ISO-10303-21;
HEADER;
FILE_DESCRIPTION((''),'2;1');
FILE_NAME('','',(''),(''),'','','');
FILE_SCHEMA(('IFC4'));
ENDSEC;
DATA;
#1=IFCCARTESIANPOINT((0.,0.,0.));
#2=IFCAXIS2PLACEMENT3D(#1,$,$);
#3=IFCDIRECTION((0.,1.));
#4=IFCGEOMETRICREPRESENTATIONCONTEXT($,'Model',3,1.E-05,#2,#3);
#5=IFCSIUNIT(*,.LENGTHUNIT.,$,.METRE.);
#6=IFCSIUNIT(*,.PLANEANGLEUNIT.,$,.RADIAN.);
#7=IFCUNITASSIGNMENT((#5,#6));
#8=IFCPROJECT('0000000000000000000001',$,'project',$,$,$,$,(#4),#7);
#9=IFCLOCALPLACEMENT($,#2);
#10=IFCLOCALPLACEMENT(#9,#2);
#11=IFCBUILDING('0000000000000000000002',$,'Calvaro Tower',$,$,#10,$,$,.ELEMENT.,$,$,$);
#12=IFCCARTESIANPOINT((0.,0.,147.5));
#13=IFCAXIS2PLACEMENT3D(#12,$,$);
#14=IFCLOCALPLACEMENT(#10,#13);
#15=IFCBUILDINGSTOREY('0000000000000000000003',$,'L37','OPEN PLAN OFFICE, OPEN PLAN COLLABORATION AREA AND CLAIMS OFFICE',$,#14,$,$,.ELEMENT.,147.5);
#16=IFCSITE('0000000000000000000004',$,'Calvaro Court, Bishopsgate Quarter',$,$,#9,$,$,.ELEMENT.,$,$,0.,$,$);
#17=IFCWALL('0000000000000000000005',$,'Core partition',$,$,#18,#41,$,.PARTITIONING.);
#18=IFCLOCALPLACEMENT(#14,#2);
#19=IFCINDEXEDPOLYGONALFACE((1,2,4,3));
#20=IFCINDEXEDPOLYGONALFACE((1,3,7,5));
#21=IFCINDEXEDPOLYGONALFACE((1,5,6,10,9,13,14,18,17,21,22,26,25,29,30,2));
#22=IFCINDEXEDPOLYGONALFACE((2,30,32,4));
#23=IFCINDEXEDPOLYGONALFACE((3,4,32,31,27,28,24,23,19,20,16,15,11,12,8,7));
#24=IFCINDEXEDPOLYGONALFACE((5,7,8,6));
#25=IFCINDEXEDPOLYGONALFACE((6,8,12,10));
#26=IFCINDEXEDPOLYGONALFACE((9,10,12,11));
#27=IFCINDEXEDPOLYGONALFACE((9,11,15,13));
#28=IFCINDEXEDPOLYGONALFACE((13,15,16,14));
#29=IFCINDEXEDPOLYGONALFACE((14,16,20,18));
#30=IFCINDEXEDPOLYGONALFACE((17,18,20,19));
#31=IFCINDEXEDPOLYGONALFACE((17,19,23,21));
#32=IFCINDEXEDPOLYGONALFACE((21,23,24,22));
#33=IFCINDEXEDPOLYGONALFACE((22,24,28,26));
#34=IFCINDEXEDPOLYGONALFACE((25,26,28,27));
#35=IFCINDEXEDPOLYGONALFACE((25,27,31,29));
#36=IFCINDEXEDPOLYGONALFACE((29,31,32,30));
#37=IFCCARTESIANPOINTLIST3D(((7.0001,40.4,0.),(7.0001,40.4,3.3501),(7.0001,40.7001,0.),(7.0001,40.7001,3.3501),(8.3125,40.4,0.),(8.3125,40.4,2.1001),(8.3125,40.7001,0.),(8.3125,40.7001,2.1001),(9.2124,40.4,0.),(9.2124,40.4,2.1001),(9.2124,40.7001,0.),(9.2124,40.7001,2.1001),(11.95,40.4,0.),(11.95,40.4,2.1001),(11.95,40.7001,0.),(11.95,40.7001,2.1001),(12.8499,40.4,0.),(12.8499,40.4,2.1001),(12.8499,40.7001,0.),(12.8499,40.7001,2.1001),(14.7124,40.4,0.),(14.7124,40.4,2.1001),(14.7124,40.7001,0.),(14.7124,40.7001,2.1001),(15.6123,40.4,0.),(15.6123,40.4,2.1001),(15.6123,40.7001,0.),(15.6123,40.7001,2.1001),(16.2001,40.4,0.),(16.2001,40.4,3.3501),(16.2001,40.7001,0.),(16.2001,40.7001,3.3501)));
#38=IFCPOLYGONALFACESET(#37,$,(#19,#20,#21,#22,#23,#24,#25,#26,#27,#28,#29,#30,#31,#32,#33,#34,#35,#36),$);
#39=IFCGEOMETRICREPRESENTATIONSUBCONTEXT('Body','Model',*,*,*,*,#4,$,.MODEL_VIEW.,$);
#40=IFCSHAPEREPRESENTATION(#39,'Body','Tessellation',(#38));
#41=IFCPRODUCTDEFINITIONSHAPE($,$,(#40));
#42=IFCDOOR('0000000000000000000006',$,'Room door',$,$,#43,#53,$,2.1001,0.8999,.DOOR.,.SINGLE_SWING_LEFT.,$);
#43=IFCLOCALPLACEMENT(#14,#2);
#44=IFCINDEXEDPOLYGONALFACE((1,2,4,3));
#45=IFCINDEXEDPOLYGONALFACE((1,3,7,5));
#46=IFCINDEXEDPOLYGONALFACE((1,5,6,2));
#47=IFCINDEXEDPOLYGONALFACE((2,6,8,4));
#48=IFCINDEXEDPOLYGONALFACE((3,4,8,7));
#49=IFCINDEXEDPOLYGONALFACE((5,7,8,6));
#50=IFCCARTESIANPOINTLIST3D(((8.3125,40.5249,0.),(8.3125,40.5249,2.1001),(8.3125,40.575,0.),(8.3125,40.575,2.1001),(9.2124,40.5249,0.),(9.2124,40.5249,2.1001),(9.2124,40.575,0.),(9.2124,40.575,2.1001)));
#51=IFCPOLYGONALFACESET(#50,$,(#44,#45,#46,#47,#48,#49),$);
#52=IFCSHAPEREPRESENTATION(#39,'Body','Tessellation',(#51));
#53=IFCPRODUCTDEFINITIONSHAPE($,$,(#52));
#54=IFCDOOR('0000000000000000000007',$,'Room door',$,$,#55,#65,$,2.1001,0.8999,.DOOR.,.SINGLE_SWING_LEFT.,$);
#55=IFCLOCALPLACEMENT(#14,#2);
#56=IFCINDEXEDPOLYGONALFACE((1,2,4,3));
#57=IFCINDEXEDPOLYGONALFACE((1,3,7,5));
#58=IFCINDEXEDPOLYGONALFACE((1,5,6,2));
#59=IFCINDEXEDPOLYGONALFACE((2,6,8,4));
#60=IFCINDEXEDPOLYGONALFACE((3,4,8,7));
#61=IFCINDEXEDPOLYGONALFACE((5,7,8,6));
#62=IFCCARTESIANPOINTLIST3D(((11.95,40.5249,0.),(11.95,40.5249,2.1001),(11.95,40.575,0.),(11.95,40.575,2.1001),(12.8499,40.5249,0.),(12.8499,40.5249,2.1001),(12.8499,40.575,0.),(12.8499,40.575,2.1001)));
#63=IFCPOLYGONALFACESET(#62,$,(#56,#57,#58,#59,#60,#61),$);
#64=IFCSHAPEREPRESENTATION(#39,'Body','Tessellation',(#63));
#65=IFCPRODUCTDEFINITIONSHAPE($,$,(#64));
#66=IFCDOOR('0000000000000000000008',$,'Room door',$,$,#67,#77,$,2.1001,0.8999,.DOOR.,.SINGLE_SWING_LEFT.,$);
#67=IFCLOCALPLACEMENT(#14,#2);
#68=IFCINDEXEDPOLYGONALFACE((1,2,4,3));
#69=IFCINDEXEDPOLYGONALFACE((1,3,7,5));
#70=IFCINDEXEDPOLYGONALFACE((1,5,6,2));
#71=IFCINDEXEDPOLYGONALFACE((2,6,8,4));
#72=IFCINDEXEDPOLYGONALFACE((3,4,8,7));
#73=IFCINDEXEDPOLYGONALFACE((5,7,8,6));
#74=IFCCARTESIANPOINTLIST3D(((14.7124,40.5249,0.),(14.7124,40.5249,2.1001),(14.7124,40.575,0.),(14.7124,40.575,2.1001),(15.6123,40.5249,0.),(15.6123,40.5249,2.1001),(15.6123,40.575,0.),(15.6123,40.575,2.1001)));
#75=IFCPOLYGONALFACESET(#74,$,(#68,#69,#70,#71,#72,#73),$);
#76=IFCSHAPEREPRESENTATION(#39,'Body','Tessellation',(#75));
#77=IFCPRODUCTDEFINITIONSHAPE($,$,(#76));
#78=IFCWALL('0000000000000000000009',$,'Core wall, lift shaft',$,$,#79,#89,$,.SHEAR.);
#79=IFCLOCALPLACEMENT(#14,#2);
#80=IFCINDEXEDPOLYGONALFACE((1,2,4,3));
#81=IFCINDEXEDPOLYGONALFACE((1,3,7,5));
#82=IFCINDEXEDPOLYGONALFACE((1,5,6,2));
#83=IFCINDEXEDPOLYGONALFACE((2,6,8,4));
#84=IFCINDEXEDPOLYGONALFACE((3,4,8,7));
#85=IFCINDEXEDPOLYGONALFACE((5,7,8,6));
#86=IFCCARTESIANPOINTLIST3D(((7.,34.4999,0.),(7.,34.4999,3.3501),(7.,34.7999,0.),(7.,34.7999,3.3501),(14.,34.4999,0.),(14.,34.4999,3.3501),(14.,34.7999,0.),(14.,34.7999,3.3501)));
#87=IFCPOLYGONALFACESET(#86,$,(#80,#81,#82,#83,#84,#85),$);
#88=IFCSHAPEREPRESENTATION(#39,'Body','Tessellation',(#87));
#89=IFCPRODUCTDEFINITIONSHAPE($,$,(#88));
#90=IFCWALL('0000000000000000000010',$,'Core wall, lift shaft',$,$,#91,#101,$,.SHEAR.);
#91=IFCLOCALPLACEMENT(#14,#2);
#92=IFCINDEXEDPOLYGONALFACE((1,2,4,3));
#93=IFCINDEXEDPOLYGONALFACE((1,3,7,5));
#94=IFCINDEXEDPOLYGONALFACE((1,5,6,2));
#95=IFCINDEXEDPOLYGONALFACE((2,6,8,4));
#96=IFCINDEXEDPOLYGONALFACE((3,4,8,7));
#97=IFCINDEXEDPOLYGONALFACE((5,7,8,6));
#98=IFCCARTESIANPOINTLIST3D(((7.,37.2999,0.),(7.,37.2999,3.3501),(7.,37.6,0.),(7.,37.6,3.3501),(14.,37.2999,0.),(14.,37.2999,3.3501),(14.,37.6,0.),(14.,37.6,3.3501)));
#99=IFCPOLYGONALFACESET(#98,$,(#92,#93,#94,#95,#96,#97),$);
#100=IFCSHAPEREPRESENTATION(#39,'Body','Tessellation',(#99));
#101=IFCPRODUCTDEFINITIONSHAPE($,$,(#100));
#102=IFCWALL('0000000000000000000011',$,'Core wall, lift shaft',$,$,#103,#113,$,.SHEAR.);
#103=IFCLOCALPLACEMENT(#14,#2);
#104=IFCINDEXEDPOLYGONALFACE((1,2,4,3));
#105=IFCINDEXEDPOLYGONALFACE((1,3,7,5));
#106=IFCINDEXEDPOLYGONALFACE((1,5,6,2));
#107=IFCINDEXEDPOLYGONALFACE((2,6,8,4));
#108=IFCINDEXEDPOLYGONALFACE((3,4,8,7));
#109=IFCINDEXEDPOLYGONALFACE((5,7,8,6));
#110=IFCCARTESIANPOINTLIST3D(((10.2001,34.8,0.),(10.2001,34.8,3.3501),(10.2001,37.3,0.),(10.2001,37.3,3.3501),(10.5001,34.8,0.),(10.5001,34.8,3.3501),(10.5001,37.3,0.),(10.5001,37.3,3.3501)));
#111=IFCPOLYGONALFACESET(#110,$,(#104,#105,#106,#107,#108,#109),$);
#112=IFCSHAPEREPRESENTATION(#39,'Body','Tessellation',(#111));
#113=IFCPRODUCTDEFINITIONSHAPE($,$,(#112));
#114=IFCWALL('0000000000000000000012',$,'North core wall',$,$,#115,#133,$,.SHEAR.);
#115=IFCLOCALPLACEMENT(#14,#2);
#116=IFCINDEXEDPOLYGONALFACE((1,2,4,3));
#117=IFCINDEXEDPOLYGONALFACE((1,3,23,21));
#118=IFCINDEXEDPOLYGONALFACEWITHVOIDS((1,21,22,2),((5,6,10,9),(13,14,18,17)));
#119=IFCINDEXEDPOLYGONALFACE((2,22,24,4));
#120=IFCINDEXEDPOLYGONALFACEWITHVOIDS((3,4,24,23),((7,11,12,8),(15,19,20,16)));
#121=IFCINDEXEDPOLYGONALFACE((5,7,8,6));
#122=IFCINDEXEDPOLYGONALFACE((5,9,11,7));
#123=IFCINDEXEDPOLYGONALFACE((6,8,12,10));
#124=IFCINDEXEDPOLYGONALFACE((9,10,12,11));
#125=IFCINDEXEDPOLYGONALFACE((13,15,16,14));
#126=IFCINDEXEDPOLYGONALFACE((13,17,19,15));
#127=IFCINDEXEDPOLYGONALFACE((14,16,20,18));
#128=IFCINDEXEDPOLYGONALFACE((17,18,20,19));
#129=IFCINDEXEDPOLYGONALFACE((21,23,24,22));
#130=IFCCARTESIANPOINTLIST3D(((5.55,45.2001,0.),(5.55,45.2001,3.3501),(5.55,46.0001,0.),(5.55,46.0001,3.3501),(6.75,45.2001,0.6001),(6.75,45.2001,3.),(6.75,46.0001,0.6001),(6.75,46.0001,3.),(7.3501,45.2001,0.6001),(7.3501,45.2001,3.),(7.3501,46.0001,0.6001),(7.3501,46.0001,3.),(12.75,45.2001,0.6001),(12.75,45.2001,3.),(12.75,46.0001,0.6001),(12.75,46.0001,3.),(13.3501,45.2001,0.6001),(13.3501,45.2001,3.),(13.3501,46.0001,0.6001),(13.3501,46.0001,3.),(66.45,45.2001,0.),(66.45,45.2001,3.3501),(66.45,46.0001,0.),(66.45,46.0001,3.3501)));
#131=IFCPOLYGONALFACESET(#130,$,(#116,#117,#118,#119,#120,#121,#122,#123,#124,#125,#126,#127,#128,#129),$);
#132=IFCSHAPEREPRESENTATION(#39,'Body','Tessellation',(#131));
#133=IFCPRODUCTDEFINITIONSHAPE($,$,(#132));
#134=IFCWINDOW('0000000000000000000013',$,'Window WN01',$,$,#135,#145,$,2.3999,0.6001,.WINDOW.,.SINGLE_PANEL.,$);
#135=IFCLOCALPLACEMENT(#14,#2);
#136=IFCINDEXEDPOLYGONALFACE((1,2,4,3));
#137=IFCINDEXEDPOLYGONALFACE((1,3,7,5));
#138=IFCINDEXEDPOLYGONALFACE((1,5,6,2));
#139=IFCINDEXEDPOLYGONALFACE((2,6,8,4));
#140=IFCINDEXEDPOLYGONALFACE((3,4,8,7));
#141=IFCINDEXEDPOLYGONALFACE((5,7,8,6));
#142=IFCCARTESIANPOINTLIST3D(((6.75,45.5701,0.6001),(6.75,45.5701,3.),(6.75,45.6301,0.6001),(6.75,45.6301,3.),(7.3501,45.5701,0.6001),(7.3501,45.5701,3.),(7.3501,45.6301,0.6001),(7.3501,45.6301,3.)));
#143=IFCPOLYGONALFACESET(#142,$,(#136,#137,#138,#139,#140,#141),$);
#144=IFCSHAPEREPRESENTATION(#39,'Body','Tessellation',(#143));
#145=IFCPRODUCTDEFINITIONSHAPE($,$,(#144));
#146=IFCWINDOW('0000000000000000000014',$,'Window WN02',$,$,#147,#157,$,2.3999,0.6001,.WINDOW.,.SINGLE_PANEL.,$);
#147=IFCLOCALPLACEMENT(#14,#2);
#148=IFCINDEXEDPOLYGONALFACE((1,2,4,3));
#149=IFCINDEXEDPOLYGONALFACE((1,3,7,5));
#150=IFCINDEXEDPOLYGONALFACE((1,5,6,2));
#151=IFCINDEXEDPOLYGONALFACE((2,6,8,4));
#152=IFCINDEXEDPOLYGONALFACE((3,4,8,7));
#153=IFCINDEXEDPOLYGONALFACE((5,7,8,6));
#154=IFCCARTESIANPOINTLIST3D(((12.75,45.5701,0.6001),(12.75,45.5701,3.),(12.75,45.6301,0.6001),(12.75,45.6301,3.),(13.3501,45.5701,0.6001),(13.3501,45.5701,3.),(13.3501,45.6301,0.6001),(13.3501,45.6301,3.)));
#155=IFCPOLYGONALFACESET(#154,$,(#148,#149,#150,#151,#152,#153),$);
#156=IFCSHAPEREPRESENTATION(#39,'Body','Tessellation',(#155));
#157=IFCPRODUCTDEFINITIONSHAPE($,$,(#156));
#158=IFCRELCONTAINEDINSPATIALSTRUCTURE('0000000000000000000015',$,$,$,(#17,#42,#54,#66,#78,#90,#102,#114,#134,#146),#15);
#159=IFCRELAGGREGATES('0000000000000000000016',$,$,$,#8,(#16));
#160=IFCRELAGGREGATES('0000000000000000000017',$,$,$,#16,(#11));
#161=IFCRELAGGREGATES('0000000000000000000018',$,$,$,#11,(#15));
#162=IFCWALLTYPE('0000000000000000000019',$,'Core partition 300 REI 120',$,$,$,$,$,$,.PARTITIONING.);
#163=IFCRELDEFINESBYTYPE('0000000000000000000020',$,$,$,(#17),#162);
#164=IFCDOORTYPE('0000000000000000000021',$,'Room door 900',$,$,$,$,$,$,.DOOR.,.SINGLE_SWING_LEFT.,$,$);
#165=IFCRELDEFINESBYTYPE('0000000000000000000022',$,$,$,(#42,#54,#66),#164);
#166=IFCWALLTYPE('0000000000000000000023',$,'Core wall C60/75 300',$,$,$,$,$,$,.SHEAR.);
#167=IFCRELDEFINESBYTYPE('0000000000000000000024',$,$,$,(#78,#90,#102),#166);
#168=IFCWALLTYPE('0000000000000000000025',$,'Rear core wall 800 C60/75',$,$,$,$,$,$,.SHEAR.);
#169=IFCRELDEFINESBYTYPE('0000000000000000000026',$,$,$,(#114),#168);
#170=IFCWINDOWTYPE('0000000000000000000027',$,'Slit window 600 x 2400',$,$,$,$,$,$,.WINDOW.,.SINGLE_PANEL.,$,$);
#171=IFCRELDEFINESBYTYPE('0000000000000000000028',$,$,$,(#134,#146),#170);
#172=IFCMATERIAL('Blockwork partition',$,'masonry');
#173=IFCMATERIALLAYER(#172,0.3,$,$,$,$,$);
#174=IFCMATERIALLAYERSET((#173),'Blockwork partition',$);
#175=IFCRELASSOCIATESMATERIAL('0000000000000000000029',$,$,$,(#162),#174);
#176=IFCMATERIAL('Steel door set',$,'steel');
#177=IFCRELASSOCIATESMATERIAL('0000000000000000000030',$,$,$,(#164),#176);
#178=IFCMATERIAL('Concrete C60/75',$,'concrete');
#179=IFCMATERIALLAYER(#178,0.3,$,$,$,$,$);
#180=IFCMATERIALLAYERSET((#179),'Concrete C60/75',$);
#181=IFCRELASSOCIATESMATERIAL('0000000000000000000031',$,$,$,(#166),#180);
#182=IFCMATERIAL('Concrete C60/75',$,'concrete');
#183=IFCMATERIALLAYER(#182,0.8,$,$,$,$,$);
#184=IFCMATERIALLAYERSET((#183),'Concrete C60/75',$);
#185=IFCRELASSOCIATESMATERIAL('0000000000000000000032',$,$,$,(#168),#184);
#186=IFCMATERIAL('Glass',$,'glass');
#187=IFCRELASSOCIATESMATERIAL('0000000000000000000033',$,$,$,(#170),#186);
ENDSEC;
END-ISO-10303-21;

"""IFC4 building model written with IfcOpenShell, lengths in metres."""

from ifc_helpers import new_model, si_unit, direction, frame, frame_2d, origin, place, context, subcontext, project, spatial, rectangle, extrude, material, layer, layer_set, type_object, element, fill, save


model = new_model("IFC4")

# Units and contexts
model_context = context("Model", 3, precision=1e-05, world=origin(), true_north=direction((0.0, 1.0)))
body_context = subcontext(model_context, "Body", "Model", "MODEL_VIEW")
ifc_project = project(units=[si_unit("LENGTHUNIT", "METRE"), si_unit("PLANEANGLEUNIT", "RADIAN")], contexts=[model_context])

# Site, building, storey
site_placement = place(None, origin())
site = spatial("IfcSite", under=ifc_project, at=site_placement, Name="Calvaro Court, Bishopsgate Quarter", CompositionType="ELEMENT", RefElevation=0.0)
building_placement = place(site_placement, origin())
building = spatial("IfcBuilding", under=site, at=building_placement, Name="Calvaro Tower", CompositionType="ELEMENT")
storey_placement = place(building_placement, frame((0.0, 0.0, 147.5)))
storey = spatial("IfcBuildingStorey", under=building, at=storey_placement, Name="L37", Description="OPEN PLAN OFFICE, OPEN PLAN COLLABORATION AREA AND CLAIMS OFFICE", CompositionType="ELEMENT", Elevation=147.5)

# Wall, openings, doors
ifc_material_1 = material(Name="Blockwork partition", Category="masonry")
ifc_layer_1 = layer(ifc_material_1, 0.3)
ifc_layer_set_1 = layer_set([ifc_layer_1], Name="Blockwork partition")
wall_type_1 = type_object("IfcWallType", Name="Core partition 300 REI 120", PredefinedType="PARTITIONING", material=ifc_layer_set_1)
wall_1_placement = place(storey_placement, frame((7.0, 40.55, 0.0), z_axis=(0.0, 0.0, 1.0), x_axis=(1.0, 0.0, 0.0)))
wall_1 = element("IfcWall", 1, at=wall_1_placement, inside=storey, type_object=wall_type_1, Name="Core partition", PredefinedType="PARTITIONING", context=body_context, shape_type="SweptSolid", body=[
    extrude(rectangle(XDim=9.2, YDim=0.3, at=frame_2d((4.6001, 0.0))), origin(), (0.0, 0.0, 1.0), 3.3501),
])
opening_1_placement = place(wall_1_placement, frame((1.3125, 0.0, 0.0)))
opening_1 = element("IfcOpeningElement", 2, at=opening_1_placement, cuts=wall_1, PredefinedType="OPENING", context=body_context, shape_type="SweptSolid", body=[
    extrude(rectangle(XDim=0.8999, YDim=2.1001, at=frame_2d((0.45, 1.05))), frame((0.0, 0.1599, 0.0), z_axis=(0.0, -1.0, 0.0), x_axis=(1.0, 0.0, 0.0)), (0.0, 0.0, 1.0), 0.3201),
])
opening_2_placement = place(wall_1_placement, frame((4.95, 0.0, 0.0)))
opening_2 = element("IfcOpeningElement", 3, at=opening_2_placement, cuts=wall_1, PredefinedType="OPENING", context=body_context, shape_type="SweptSolid", body=[
    extrude(rectangle(XDim=0.8999, YDim=2.1001, at=frame_2d((0.45, 1.05))), frame((0.0, 0.1599, 0.0), z_axis=(0.0, -1.0, 0.0), x_axis=(1.0, 0.0, 0.0)), (0.0, 0.0, 1.0), 0.3201),
])
opening_3_placement = place(wall_1_placement, frame((7.7124, 0.0, 0.0)))
opening_3 = element("IfcOpeningElement", 4, at=opening_3_placement, cuts=wall_1, PredefinedType="OPENING", context=body_context, shape_type="SweptSolid", body=[
    extrude(rectangle(XDim=0.8999, YDim=2.1001, at=frame_2d((0.45, 1.05))), frame((0.0, 0.1599, 0.0), z_axis=(0.0, -1.0, 0.0), x_axis=(1.0, 0.0, 0.0)), (0.0, 0.0, 1.0), 0.3201),
])
ifc_material_2 = material(Name="Steel door set", Category="steel")
door_type = type_object("IfcDoorType", Name="Room door 900", OperationType="SINGLE_SWING_LEFT", PredefinedType="DOOR", material=ifc_material_2)
door_1_placement = place(opening_1_placement, origin())
door_1 = element("IfcDoor", 5, at=door_1_placement, inside=storey, type_object=door_type, Name="Room door", OperationType="SINGLE_SWING_LEFT", OverallHeight=2.1001, OverallWidth=0.8999, PredefinedType="DOOR", context=body_context, shape_type="SweptSolid", body=[
    extrude(rectangle(XDim=0.8999, YDim=2.1001, at=frame_2d((0.45, 1.05))), frame((0.0, 0.0249, 0.0), z_axis=(0.0, -1.0, 0.0), x_axis=(1.0, 0.0, 0.0)), (0.0, 0.0, 1.0), 0.05),
])
fill(opening_1, door_1)
door_2_placement = place(opening_2_placement, origin())
door_2 = element("IfcDoor", 6, at=door_2_placement, inside=storey, type_object=door_type, Name="Room door", OperationType="SINGLE_SWING_LEFT", OverallHeight=2.1001, OverallWidth=0.8999, PredefinedType="DOOR", context=body_context, shape_type="SweptSolid", body=[
    extrude(rectangle(XDim=0.8999, YDim=2.1001, at=frame_2d((0.45, 1.05))), frame((0.0, 0.0249, 0.0), z_axis=(0.0, -1.0, 0.0), x_axis=(1.0, 0.0, 0.0)), (0.0, 0.0, 1.0), 0.05),
])
fill(opening_2, door_2)
door_3_placement = place(opening_3_placement, origin())
door_3 = element("IfcDoor", 7, at=door_3_placement, inside=storey, type_object=door_type, Name="Room door", OperationType="SINGLE_SWING_LEFT", OverallHeight=2.1001, OverallWidth=0.8999, PredefinedType="DOOR", context=body_context, shape_type="SweptSolid", body=[
    extrude(rectangle(XDim=0.8999, YDim=2.1001, at=frame_2d((0.45, 1.05))), frame((0.0, 0.0249, 0.0), z_axis=(0.0, -1.0, 0.0), x_axis=(1.0, 0.0, 0.0)), (0.0, 0.0, 1.0), 0.05),
])
fill(opening_3, door_3)

# Walls
ifc_material_3 = material(Name="Concrete C60/75", Category="concrete")
ifc_layer_2 = layer(ifc_material_3, 0.3)
ifc_layer_set_2 = layer_set([ifc_layer_2], Name="Concrete C60/75")
wall_type_2 = type_object("IfcWallType", Name="Core wall C60/75 300", PredefinedType="SHEAR", material=ifc_layer_set_2)
for number, where, z_axis, x_axis, name in (
    (8, (7.0, 34.6499, 0.0), (0.0, 0.0, 1.0), (1.0, 0.0, 0.0), "Core wall, lift shaft"),
    (9, (7.0, 37.45, 0.0), (0.0, 0.0, 1.0), (1.0, 0.0, 0.0), "Core wall, lift shaft"),
):
    element("IfcWall", number, at=place(storey_placement, frame(where, z_axis=z_axis, x_axis=x_axis)), inside=storey, type_object=wall_type_2, Name=name, PredefinedType="SHEAR", context=body_context, shape_type="SweptSolid", body=[
        extrude(rectangle(XDim=7.0, YDim=0.3, at=frame_2d((3.5, 0.0))), origin(), (0.0, 0.0, 1.0), 3.3501),
    ])
wall_2_placement = place(storey_placement, frame((10.3501, 34.8, 0.0), z_axis=(0.0, 0.0, 1.0), x_axis=(0.0, 1.0, 0.0)))
element("IfcWall", 10, at=wall_2_placement, inside=storey, type_object=wall_type_2, Name="Core wall, lift shaft", PredefinedType="SHEAR", context=body_context, shape_type="SweptSolid", body=[
    extrude(rectangle(XDim=2.5, YDim=0.3, at=frame_2d((1.25, 0.0))), origin(), (0.0, 0.0, 1.0), 3.3501),
])

# Wall, openings, windows
ifc_material_4 = material(Name="Concrete C60/75", Category="concrete")
ifc_layer_3 = layer(ifc_material_4, 0.8)
ifc_layer_set_3 = layer_set([ifc_layer_3], Name="Concrete C60/75")
wall_type_3 = type_object("IfcWallType", Name="Rear core wall 800 C60/75", PredefinedType="SHEAR", material=ifc_layer_set_3)
wall_3_placement = place(storey_placement, frame((5.55, 45.6001, 0.0), z_axis=(0.0, 0.0, 1.0), x_axis=(1.0, 0.0, 0.0)))
wall_3 = element("IfcWall", 11, at=wall_3_placement, inside=storey, type_object=wall_type_3, Name="North core wall", PredefinedType="SHEAR", context=body_context, shape_type="SweptSolid", body=[
    extrude(rectangle(XDim=60.8999, YDim=0.8, at=frame_2d((30.45, 0.0))), origin(), (0.0, 0.0, 1.0), 3.3501),
])
opening_4_placement = place(wall_3_placement, frame((1.2, 0.0, 0.6001)))
opening_4 = element("IfcOpeningElement", 12, at=opening_4_placement, cuts=wall_3, PredefinedType="OPENING", context=body_context, shape_type="SweptSolid", body=[
    extrude(rectangle(XDim=0.6001, YDim=2.3999, at=frame_2d((0.3, 1.2))), frame((0.0, 0.4099, 0.0), z_axis=(0.0, -1.0, 0.0), x_axis=(1.0, 0.0, 0.0)), (0.0, 0.0, 1.0), 0.8201),
])
opening_5_placement = place(wall_3_placement, frame((7.2, 0.0, 0.6001)))
opening_5 = element("IfcOpeningElement", 13, at=opening_5_placement, cuts=wall_3, PredefinedType="OPENING", context=body_context, shape_type="SweptSolid", body=[
    extrude(rectangle(XDim=0.6001, YDim=2.3999, at=frame_2d((0.3, 1.2))), frame((0.0, 0.4099, 0.0), z_axis=(0.0, -1.0, 0.0), x_axis=(1.0, 0.0, 0.0)), (0.0, 0.0, 1.0), 0.8201),
])
ifc_material_5 = material(Name="Glass", Category="glass")
window_type = type_object("IfcWindowType", Name="Slit window 600 x 2400", PartitioningType="SINGLE_PANEL", PredefinedType="WINDOW", material=ifc_material_5)
window_1_placement = place(opening_4_placement, origin())
window_1 = element("IfcWindow", 14, at=window_1_placement, inside=storey, type_object=window_type, Name="Window WN01", OverallHeight=2.3999, OverallWidth=0.6001, PartitioningType="SINGLE_PANEL", PredefinedType="WINDOW", context=body_context, shape_type="SweptSolid", body=[
    extrude(rectangle(XDim=0.6001, YDim=2.3999, at=frame_2d((0.3, 1.2))), frame((0.0, 0.03, 0.0), z_axis=(0.0, -1.0, 0.0), x_axis=(1.0, 0.0, 0.0)), (0.0, 0.0, 1.0), 0.0601),
])
fill(opening_4, window_1)
window_2_placement = place(opening_5_placement, origin())
window_2 = element("IfcWindow", 15, at=window_2_placement, inside=storey, type_object=window_type, Name="Window WN02", OverallHeight=2.3999, OverallWidth=0.6001, PartitioningType="SINGLE_PANEL", PredefinedType="WINDOW", context=body_context, shape_type="SweptSolid", body=[
    extrude(rectangle(XDim=0.6001, YDim=2.3999, at=frame_2d((0.3, 1.2))), frame((0.0, 0.03, 0.0), z_axis=(0.0, -1.0, 0.0), x_axis=(1.0, 0.0, 0.0)), (0.0, 0.0, 1.0), 0.0601),
])
fill(opening_5, window_2)

save(model, "model.ifc")
